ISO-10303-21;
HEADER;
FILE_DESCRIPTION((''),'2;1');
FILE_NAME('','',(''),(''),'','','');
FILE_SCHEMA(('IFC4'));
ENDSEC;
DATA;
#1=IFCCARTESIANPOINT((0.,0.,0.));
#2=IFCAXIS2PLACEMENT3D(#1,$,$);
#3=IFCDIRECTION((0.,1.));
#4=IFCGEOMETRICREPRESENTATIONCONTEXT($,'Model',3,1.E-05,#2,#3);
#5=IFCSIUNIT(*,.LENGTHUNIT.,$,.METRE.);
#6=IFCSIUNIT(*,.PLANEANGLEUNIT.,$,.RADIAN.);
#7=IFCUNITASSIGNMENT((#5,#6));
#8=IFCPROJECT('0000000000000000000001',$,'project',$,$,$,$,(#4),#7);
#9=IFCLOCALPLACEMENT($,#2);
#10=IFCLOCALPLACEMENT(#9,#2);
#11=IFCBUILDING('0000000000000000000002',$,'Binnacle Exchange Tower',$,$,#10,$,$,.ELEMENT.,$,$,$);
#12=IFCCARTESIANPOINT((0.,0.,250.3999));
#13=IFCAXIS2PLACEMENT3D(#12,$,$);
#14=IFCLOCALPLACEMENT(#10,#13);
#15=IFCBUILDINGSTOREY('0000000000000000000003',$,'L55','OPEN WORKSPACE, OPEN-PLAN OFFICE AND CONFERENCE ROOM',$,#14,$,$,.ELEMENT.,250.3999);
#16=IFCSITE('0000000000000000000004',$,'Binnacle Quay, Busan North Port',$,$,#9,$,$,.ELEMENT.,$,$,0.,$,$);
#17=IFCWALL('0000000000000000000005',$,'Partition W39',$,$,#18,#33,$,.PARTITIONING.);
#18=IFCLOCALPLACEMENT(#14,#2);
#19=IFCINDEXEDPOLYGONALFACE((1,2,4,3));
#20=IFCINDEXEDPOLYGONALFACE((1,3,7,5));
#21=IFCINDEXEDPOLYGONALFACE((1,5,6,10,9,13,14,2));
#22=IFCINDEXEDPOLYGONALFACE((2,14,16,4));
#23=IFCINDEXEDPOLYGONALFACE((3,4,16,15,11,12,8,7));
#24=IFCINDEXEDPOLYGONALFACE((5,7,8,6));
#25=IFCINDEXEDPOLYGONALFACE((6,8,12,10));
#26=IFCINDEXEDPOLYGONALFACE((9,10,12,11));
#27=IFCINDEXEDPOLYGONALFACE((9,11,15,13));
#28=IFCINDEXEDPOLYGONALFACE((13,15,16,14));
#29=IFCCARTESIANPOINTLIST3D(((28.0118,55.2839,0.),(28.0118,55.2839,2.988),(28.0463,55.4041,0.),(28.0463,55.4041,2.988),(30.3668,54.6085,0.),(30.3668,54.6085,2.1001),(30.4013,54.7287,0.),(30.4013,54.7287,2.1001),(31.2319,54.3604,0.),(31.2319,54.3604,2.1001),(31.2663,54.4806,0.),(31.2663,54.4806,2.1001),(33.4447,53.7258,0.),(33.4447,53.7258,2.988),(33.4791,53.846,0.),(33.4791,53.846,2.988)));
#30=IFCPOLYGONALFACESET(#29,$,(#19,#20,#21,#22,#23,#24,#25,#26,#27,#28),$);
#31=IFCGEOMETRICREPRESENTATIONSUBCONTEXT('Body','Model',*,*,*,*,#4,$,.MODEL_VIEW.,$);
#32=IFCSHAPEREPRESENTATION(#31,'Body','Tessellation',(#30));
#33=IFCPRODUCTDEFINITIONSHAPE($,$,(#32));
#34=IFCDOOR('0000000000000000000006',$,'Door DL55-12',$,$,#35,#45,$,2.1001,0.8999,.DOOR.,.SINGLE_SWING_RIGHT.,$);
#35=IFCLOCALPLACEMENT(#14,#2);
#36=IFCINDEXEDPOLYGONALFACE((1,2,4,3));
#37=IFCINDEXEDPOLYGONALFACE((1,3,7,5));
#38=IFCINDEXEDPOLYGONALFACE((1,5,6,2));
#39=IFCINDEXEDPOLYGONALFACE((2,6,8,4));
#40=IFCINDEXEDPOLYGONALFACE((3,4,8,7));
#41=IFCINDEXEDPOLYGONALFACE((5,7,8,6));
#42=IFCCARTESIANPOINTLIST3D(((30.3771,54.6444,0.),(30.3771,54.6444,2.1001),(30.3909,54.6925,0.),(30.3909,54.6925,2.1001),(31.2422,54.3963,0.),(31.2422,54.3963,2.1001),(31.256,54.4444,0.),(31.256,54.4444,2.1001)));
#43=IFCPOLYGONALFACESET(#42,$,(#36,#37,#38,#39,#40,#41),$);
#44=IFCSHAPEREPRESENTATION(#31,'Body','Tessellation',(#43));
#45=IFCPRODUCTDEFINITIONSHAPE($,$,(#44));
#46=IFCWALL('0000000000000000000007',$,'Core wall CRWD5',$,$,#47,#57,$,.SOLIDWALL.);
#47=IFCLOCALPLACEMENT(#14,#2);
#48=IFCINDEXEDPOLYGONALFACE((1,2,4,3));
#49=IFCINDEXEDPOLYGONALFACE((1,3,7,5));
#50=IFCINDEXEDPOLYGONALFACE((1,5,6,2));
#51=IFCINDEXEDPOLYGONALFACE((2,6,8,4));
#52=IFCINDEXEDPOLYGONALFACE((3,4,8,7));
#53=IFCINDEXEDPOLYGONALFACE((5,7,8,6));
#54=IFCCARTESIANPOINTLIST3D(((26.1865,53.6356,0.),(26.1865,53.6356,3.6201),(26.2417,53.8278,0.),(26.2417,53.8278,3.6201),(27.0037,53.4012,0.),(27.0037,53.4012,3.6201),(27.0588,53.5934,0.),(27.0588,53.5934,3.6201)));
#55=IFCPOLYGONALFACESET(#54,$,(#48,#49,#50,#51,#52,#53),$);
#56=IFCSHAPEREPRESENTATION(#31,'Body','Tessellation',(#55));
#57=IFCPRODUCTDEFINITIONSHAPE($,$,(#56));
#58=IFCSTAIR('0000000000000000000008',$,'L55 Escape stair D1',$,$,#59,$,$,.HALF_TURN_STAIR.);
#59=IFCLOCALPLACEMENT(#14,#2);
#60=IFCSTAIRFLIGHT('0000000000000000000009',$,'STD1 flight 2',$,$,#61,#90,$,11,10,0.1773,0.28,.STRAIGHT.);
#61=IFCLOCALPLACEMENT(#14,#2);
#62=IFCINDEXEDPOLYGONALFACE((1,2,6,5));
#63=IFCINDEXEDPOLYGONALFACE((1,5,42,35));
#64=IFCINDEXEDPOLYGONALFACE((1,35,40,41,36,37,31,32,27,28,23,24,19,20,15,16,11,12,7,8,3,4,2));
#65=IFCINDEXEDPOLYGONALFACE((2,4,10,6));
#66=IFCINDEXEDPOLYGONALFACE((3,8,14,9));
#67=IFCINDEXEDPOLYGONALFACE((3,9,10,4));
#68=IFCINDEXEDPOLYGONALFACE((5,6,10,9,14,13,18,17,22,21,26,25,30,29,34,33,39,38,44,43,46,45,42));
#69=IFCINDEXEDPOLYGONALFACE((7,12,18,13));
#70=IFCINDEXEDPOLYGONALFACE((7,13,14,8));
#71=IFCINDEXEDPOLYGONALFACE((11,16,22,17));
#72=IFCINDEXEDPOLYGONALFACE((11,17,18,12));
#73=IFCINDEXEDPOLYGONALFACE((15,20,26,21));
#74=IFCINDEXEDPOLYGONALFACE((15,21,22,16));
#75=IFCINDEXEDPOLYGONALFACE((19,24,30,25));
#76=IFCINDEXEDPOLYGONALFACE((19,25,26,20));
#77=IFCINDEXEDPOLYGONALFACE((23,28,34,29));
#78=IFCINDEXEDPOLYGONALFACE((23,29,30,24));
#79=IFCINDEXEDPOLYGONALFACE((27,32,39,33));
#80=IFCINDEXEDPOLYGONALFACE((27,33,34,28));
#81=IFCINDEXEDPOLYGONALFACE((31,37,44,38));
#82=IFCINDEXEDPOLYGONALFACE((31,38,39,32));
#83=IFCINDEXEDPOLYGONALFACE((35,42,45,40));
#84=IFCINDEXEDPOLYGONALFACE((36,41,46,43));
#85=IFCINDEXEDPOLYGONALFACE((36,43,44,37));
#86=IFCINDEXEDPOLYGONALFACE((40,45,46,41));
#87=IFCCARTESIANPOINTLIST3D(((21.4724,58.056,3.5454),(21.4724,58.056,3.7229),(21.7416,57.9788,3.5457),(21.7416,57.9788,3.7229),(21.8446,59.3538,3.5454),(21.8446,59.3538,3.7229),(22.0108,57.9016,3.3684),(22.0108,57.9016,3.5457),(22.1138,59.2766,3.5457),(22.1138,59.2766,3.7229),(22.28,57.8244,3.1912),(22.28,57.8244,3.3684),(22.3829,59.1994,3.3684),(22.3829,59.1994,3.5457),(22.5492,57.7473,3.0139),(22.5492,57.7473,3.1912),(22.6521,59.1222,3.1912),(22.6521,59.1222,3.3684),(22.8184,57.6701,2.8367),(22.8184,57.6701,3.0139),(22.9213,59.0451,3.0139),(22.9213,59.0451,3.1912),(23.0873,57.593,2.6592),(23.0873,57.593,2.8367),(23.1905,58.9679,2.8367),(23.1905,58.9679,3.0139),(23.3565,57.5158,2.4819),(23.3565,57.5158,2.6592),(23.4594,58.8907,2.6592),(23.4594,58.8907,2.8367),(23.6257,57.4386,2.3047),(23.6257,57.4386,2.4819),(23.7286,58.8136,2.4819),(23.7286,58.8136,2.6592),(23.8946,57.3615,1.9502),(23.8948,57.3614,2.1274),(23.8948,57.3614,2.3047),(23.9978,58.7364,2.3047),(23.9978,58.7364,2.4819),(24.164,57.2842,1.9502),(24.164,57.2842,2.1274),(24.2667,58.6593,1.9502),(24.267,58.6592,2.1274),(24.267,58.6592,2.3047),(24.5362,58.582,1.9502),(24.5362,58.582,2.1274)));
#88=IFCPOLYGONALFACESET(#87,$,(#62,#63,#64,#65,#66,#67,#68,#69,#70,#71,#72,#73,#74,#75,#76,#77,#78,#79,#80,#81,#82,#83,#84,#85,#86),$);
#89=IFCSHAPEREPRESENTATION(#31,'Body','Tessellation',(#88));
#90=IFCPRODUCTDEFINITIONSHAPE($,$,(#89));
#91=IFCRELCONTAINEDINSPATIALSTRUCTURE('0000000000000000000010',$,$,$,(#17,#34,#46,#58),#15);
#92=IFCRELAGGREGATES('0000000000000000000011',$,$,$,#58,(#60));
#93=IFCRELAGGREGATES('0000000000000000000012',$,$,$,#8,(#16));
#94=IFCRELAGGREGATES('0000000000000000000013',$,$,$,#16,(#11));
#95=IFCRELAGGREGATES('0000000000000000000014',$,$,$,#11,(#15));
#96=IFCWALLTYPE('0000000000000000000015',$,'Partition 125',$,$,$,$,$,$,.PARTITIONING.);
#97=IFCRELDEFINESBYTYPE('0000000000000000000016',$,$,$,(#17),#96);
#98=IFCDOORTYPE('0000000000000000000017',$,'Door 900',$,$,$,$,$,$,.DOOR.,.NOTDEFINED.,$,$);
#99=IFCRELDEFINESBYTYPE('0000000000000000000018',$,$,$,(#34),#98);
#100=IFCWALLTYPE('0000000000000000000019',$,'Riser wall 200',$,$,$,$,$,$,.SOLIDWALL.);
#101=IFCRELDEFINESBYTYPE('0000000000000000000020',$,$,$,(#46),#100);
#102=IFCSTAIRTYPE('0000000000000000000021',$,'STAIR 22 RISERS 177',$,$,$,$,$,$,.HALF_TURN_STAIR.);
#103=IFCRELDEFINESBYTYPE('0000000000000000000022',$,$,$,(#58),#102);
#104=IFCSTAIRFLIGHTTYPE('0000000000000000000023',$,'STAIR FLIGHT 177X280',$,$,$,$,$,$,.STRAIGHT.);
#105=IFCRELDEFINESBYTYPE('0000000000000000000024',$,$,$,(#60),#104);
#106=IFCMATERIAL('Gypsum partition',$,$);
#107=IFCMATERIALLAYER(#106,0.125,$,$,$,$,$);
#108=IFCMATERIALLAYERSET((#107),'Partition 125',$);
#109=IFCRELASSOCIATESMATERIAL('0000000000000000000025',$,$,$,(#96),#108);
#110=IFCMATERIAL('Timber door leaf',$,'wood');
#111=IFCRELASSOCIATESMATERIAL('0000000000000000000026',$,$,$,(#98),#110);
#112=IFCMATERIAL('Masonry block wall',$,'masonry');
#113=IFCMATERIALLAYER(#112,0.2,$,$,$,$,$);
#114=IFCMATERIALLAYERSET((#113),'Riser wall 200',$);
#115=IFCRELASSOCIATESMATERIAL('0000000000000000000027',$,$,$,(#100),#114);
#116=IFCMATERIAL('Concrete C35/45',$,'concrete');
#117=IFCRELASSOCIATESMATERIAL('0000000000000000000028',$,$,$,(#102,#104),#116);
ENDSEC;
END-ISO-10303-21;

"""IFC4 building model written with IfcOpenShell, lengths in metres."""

from ifc_helpers import new_model, si_unit, direction, frame, frame_2d, origin, place, context, subcontext, project, spatial, polyline, rectangle, outline, extrude, material, layer, layer_set, type_object, element, fill, aggregate, save


model = new_model("IFC4")

# Units and contexts
model_context = context("Model", 3, precision=1e-05, world=origin(), true_north=direction((0.0, 1.0)))
body_context = subcontext(model_context, "Body", "Model", "MODEL_VIEW")
ifc_project = project(units=[si_unit("LENGTHUNIT", "METRE"), si_unit("PLANEANGLEUNIT", "RADIAN")], contexts=[model_context])

# Site, building, storey
site_placement = place(None, origin())
site = spatial("IfcSite", under=ifc_project, at=site_placement, Name="Binnacle Quay, Busan North Port", CompositionType="ELEMENT", RefElevation=0.0)
building_placement = place(site_placement, origin())
building = spatial("IfcBuilding", under=site, at=building_placement, Name="Binnacle Exchange Tower", CompositionType="ELEMENT")
storey_placement = place(building_placement, frame((0.0, 0.0, 250.3999)))
storey = spatial("IfcBuildingStorey", under=building, at=storey_placement, Name="L55", Description="OPEN WORKSPACE, OPEN-PLAN OFFICE AND CONFERENCE ROOM", CompositionType="ELEMENT", Elevation=250.3999)

# Wall, opening, door
ifc_material_1 = material(Name="Gypsum partition")
ifc_layer_1 = layer(ifc_material_1, 0.125)
ifc_layer_set_1 = layer_set([ifc_layer_1], Name="Partition 125")
wall_type_1 = type_object("IfcWallType", Name="Partition 125", PredefinedType="PARTITIONING", material=ifc_layer_set_1)
wall_1_placement = place(storey_placement, frame((28.0291, 55.344, 0.0), z_axis=(0.0, 0.0, 1.0), x_axis=(0.96125, -0.275679, 0.0)))
wall_1 = element("IfcWall", 1, at=wall_1_placement, inside=storey, type_object=wall_type_1, Name="Partition W39", PredefinedType="PARTITIONING", context=body_context, shape_type="SweptSolid", body=[
    extrude(rectangle(XDim=5.6519, YDim=0.125, at=frame_2d((2.8259, 0.0))), origin(), (0.0, 0.0, 1.0), 2.988),
])
opening_1_placement = place(wall_1_placement, frame((2.45, 0.0, 0.0)))
opening_1 = element("IfcOpeningElement", 2, at=opening_1_placement, cuts=wall_1, PredefinedType="OPENING", context=body_context, shape_type="SweptSolid", body=[
    extrude(rectangle(XDim=0.8999, YDim=2.1001, at=frame_2d((0.45, 1.05))), frame((0.0, 0.0725, 0.0), z_axis=(0.0, -1.0, 0.0), x_axis=(1.0, 0.0, 0.0)), (0.0, 0.0, 1.0), 0.145),
])
ifc_material_2 = material(Name="Timber door leaf", Category="wood")
door_type = type_object("IfcDoorType", Name="Door 900", OperationType="NOTDEFINED", PredefinedType="DOOR", material=ifc_material_2)
door_placement = place(opening_1_placement, origin())
door = element("IfcDoor", 3, at=door_placement, inside=storey, type_object=door_type, Name="Door DL55-12", OperationType="SINGLE_SWING_RIGHT", OverallHeight=2.1001, OverallWidth=0.8999, PredefinedType="DOOR", context=body_context, shape_type="SweptSolid", body=[
    extrude(rectangle(XDim=0.8999, YDim=2.1001, at=frame_2d((0.45, 1.05))), frame((0.0, 0.0249, 0.0), z_axis=(0.0, -1.0, 0.0), x_axis=(1.0, 0.0, 0.0)), (0.0, 0.0, 1.0), 0.05),
])
fill(opening_1, door)

# Wall
ifc_material_3 = material(Name="Masonry block wall", Category="masonry")
ifc_layer_2 = layer(ifc_material_3, 0.2)
ifc_layer_set_2 = layer_set([ifc_layer_2], Name="Riser wall 200")
wall_type_2 = type_object("IfcWallType", Name="Riser wall 200", PredefinedType="SOLIDWALL", material=ifc_layer_set_2)
wall_2_placement = place(storey_placement, frame((26.2141, 53.7317, 0.0), z_axis=(0.0, 0.0, 1.0), x_axis=(0.961242, -0.275707, 0.0)))
element("IfcWall", 4, at=wall_2_placement, inside=storey, type_object=wall_type_2, Name="Core wall CRWD5", PredefinedType="SOLIDWALL", context=body_context, shape_type="SweptSolid", body=[
    extrude(rectangle(XDim=0.8501, YDim=0.2, at=frame_2d((0.425, 0.0))), origin(), (0.0, 0.0, 1.0), 3.6201),
])

# Stair, stair flight
ifc_material_4 = material(Name="Concrete C35/45", Category="concrete")
stair_type = type_object("IfcStairType", Name="STAIR 22 RISERS 177", PredefinedType="HALF_TURN_STAIR", material=ifc_material_4)
stair_placement = place(storey_placement, origin())
stair = element("IfcStair", 5, at=stair_placement, inside=storey, type_object=stair_type, Name="L55 Escape stair D1", PredefinedType="HALF_TURN_STAIR")
stair_flight_type = type_object("IfcStairFlightType", Name="STAIR FLIGHT 177X280", PredefinedType="STRAIGHT", material=ifc_material_4)
stair_flight_placement = place(storey_placement, frame((24.3501, 57.9331, 1.9502), z_axis=(0.0, 0.0, 1.0), x_axis=(-0.961262, 0.275637, 0.0)))
stair_flight = element("IfcStairFlight", 6, at=stair_flight_placement, type_object=stair_flight_type, Name="STD1 flight 2", NumberOfRisers=11, NumberOfTreads=10, PredefinedType="STRAIGHT", RiserHeight=0.1773, TreadLength=0.28, context=body_context, shape_type="SweptSolid", body=[
    extrude(outline(polyline([(0.0, 0.0), (0.0, 0.1772), (0.28, 0.1772), (0.28, 0.3545), (0.5601, 0.3545), (0.5601, 0.5317), (0.8401, 0.5317), (0.8401, 0.709), (1.1201, 0.709), (1.1201, 0.8865), (1.3999, 0.8865), (1.3999, 1.0637), (1.6799, 1.0637), (1.6799, 1.241), (1.96, 1.241), (1.96, 1.4182), (2.24, 1.4182), (2.24, 1.5955), (2.52, 1.5955), (2.52, 1.7727), (2.8, 1.7727), (2.8, 1.95), (2.8, 1.5952), (0.2803, 0.0), (0.0, 0.0)])), frame((0.0, 0.675, 0.0), z_axis=(0.0, -1.0, 0.0), x_axis=(1.0, 0.0, 0.0)), (0.0, 0.0, 1.0), 1.3501),
])
aggregate(stair, [stair_flight])

save(model, "model.ifc")
